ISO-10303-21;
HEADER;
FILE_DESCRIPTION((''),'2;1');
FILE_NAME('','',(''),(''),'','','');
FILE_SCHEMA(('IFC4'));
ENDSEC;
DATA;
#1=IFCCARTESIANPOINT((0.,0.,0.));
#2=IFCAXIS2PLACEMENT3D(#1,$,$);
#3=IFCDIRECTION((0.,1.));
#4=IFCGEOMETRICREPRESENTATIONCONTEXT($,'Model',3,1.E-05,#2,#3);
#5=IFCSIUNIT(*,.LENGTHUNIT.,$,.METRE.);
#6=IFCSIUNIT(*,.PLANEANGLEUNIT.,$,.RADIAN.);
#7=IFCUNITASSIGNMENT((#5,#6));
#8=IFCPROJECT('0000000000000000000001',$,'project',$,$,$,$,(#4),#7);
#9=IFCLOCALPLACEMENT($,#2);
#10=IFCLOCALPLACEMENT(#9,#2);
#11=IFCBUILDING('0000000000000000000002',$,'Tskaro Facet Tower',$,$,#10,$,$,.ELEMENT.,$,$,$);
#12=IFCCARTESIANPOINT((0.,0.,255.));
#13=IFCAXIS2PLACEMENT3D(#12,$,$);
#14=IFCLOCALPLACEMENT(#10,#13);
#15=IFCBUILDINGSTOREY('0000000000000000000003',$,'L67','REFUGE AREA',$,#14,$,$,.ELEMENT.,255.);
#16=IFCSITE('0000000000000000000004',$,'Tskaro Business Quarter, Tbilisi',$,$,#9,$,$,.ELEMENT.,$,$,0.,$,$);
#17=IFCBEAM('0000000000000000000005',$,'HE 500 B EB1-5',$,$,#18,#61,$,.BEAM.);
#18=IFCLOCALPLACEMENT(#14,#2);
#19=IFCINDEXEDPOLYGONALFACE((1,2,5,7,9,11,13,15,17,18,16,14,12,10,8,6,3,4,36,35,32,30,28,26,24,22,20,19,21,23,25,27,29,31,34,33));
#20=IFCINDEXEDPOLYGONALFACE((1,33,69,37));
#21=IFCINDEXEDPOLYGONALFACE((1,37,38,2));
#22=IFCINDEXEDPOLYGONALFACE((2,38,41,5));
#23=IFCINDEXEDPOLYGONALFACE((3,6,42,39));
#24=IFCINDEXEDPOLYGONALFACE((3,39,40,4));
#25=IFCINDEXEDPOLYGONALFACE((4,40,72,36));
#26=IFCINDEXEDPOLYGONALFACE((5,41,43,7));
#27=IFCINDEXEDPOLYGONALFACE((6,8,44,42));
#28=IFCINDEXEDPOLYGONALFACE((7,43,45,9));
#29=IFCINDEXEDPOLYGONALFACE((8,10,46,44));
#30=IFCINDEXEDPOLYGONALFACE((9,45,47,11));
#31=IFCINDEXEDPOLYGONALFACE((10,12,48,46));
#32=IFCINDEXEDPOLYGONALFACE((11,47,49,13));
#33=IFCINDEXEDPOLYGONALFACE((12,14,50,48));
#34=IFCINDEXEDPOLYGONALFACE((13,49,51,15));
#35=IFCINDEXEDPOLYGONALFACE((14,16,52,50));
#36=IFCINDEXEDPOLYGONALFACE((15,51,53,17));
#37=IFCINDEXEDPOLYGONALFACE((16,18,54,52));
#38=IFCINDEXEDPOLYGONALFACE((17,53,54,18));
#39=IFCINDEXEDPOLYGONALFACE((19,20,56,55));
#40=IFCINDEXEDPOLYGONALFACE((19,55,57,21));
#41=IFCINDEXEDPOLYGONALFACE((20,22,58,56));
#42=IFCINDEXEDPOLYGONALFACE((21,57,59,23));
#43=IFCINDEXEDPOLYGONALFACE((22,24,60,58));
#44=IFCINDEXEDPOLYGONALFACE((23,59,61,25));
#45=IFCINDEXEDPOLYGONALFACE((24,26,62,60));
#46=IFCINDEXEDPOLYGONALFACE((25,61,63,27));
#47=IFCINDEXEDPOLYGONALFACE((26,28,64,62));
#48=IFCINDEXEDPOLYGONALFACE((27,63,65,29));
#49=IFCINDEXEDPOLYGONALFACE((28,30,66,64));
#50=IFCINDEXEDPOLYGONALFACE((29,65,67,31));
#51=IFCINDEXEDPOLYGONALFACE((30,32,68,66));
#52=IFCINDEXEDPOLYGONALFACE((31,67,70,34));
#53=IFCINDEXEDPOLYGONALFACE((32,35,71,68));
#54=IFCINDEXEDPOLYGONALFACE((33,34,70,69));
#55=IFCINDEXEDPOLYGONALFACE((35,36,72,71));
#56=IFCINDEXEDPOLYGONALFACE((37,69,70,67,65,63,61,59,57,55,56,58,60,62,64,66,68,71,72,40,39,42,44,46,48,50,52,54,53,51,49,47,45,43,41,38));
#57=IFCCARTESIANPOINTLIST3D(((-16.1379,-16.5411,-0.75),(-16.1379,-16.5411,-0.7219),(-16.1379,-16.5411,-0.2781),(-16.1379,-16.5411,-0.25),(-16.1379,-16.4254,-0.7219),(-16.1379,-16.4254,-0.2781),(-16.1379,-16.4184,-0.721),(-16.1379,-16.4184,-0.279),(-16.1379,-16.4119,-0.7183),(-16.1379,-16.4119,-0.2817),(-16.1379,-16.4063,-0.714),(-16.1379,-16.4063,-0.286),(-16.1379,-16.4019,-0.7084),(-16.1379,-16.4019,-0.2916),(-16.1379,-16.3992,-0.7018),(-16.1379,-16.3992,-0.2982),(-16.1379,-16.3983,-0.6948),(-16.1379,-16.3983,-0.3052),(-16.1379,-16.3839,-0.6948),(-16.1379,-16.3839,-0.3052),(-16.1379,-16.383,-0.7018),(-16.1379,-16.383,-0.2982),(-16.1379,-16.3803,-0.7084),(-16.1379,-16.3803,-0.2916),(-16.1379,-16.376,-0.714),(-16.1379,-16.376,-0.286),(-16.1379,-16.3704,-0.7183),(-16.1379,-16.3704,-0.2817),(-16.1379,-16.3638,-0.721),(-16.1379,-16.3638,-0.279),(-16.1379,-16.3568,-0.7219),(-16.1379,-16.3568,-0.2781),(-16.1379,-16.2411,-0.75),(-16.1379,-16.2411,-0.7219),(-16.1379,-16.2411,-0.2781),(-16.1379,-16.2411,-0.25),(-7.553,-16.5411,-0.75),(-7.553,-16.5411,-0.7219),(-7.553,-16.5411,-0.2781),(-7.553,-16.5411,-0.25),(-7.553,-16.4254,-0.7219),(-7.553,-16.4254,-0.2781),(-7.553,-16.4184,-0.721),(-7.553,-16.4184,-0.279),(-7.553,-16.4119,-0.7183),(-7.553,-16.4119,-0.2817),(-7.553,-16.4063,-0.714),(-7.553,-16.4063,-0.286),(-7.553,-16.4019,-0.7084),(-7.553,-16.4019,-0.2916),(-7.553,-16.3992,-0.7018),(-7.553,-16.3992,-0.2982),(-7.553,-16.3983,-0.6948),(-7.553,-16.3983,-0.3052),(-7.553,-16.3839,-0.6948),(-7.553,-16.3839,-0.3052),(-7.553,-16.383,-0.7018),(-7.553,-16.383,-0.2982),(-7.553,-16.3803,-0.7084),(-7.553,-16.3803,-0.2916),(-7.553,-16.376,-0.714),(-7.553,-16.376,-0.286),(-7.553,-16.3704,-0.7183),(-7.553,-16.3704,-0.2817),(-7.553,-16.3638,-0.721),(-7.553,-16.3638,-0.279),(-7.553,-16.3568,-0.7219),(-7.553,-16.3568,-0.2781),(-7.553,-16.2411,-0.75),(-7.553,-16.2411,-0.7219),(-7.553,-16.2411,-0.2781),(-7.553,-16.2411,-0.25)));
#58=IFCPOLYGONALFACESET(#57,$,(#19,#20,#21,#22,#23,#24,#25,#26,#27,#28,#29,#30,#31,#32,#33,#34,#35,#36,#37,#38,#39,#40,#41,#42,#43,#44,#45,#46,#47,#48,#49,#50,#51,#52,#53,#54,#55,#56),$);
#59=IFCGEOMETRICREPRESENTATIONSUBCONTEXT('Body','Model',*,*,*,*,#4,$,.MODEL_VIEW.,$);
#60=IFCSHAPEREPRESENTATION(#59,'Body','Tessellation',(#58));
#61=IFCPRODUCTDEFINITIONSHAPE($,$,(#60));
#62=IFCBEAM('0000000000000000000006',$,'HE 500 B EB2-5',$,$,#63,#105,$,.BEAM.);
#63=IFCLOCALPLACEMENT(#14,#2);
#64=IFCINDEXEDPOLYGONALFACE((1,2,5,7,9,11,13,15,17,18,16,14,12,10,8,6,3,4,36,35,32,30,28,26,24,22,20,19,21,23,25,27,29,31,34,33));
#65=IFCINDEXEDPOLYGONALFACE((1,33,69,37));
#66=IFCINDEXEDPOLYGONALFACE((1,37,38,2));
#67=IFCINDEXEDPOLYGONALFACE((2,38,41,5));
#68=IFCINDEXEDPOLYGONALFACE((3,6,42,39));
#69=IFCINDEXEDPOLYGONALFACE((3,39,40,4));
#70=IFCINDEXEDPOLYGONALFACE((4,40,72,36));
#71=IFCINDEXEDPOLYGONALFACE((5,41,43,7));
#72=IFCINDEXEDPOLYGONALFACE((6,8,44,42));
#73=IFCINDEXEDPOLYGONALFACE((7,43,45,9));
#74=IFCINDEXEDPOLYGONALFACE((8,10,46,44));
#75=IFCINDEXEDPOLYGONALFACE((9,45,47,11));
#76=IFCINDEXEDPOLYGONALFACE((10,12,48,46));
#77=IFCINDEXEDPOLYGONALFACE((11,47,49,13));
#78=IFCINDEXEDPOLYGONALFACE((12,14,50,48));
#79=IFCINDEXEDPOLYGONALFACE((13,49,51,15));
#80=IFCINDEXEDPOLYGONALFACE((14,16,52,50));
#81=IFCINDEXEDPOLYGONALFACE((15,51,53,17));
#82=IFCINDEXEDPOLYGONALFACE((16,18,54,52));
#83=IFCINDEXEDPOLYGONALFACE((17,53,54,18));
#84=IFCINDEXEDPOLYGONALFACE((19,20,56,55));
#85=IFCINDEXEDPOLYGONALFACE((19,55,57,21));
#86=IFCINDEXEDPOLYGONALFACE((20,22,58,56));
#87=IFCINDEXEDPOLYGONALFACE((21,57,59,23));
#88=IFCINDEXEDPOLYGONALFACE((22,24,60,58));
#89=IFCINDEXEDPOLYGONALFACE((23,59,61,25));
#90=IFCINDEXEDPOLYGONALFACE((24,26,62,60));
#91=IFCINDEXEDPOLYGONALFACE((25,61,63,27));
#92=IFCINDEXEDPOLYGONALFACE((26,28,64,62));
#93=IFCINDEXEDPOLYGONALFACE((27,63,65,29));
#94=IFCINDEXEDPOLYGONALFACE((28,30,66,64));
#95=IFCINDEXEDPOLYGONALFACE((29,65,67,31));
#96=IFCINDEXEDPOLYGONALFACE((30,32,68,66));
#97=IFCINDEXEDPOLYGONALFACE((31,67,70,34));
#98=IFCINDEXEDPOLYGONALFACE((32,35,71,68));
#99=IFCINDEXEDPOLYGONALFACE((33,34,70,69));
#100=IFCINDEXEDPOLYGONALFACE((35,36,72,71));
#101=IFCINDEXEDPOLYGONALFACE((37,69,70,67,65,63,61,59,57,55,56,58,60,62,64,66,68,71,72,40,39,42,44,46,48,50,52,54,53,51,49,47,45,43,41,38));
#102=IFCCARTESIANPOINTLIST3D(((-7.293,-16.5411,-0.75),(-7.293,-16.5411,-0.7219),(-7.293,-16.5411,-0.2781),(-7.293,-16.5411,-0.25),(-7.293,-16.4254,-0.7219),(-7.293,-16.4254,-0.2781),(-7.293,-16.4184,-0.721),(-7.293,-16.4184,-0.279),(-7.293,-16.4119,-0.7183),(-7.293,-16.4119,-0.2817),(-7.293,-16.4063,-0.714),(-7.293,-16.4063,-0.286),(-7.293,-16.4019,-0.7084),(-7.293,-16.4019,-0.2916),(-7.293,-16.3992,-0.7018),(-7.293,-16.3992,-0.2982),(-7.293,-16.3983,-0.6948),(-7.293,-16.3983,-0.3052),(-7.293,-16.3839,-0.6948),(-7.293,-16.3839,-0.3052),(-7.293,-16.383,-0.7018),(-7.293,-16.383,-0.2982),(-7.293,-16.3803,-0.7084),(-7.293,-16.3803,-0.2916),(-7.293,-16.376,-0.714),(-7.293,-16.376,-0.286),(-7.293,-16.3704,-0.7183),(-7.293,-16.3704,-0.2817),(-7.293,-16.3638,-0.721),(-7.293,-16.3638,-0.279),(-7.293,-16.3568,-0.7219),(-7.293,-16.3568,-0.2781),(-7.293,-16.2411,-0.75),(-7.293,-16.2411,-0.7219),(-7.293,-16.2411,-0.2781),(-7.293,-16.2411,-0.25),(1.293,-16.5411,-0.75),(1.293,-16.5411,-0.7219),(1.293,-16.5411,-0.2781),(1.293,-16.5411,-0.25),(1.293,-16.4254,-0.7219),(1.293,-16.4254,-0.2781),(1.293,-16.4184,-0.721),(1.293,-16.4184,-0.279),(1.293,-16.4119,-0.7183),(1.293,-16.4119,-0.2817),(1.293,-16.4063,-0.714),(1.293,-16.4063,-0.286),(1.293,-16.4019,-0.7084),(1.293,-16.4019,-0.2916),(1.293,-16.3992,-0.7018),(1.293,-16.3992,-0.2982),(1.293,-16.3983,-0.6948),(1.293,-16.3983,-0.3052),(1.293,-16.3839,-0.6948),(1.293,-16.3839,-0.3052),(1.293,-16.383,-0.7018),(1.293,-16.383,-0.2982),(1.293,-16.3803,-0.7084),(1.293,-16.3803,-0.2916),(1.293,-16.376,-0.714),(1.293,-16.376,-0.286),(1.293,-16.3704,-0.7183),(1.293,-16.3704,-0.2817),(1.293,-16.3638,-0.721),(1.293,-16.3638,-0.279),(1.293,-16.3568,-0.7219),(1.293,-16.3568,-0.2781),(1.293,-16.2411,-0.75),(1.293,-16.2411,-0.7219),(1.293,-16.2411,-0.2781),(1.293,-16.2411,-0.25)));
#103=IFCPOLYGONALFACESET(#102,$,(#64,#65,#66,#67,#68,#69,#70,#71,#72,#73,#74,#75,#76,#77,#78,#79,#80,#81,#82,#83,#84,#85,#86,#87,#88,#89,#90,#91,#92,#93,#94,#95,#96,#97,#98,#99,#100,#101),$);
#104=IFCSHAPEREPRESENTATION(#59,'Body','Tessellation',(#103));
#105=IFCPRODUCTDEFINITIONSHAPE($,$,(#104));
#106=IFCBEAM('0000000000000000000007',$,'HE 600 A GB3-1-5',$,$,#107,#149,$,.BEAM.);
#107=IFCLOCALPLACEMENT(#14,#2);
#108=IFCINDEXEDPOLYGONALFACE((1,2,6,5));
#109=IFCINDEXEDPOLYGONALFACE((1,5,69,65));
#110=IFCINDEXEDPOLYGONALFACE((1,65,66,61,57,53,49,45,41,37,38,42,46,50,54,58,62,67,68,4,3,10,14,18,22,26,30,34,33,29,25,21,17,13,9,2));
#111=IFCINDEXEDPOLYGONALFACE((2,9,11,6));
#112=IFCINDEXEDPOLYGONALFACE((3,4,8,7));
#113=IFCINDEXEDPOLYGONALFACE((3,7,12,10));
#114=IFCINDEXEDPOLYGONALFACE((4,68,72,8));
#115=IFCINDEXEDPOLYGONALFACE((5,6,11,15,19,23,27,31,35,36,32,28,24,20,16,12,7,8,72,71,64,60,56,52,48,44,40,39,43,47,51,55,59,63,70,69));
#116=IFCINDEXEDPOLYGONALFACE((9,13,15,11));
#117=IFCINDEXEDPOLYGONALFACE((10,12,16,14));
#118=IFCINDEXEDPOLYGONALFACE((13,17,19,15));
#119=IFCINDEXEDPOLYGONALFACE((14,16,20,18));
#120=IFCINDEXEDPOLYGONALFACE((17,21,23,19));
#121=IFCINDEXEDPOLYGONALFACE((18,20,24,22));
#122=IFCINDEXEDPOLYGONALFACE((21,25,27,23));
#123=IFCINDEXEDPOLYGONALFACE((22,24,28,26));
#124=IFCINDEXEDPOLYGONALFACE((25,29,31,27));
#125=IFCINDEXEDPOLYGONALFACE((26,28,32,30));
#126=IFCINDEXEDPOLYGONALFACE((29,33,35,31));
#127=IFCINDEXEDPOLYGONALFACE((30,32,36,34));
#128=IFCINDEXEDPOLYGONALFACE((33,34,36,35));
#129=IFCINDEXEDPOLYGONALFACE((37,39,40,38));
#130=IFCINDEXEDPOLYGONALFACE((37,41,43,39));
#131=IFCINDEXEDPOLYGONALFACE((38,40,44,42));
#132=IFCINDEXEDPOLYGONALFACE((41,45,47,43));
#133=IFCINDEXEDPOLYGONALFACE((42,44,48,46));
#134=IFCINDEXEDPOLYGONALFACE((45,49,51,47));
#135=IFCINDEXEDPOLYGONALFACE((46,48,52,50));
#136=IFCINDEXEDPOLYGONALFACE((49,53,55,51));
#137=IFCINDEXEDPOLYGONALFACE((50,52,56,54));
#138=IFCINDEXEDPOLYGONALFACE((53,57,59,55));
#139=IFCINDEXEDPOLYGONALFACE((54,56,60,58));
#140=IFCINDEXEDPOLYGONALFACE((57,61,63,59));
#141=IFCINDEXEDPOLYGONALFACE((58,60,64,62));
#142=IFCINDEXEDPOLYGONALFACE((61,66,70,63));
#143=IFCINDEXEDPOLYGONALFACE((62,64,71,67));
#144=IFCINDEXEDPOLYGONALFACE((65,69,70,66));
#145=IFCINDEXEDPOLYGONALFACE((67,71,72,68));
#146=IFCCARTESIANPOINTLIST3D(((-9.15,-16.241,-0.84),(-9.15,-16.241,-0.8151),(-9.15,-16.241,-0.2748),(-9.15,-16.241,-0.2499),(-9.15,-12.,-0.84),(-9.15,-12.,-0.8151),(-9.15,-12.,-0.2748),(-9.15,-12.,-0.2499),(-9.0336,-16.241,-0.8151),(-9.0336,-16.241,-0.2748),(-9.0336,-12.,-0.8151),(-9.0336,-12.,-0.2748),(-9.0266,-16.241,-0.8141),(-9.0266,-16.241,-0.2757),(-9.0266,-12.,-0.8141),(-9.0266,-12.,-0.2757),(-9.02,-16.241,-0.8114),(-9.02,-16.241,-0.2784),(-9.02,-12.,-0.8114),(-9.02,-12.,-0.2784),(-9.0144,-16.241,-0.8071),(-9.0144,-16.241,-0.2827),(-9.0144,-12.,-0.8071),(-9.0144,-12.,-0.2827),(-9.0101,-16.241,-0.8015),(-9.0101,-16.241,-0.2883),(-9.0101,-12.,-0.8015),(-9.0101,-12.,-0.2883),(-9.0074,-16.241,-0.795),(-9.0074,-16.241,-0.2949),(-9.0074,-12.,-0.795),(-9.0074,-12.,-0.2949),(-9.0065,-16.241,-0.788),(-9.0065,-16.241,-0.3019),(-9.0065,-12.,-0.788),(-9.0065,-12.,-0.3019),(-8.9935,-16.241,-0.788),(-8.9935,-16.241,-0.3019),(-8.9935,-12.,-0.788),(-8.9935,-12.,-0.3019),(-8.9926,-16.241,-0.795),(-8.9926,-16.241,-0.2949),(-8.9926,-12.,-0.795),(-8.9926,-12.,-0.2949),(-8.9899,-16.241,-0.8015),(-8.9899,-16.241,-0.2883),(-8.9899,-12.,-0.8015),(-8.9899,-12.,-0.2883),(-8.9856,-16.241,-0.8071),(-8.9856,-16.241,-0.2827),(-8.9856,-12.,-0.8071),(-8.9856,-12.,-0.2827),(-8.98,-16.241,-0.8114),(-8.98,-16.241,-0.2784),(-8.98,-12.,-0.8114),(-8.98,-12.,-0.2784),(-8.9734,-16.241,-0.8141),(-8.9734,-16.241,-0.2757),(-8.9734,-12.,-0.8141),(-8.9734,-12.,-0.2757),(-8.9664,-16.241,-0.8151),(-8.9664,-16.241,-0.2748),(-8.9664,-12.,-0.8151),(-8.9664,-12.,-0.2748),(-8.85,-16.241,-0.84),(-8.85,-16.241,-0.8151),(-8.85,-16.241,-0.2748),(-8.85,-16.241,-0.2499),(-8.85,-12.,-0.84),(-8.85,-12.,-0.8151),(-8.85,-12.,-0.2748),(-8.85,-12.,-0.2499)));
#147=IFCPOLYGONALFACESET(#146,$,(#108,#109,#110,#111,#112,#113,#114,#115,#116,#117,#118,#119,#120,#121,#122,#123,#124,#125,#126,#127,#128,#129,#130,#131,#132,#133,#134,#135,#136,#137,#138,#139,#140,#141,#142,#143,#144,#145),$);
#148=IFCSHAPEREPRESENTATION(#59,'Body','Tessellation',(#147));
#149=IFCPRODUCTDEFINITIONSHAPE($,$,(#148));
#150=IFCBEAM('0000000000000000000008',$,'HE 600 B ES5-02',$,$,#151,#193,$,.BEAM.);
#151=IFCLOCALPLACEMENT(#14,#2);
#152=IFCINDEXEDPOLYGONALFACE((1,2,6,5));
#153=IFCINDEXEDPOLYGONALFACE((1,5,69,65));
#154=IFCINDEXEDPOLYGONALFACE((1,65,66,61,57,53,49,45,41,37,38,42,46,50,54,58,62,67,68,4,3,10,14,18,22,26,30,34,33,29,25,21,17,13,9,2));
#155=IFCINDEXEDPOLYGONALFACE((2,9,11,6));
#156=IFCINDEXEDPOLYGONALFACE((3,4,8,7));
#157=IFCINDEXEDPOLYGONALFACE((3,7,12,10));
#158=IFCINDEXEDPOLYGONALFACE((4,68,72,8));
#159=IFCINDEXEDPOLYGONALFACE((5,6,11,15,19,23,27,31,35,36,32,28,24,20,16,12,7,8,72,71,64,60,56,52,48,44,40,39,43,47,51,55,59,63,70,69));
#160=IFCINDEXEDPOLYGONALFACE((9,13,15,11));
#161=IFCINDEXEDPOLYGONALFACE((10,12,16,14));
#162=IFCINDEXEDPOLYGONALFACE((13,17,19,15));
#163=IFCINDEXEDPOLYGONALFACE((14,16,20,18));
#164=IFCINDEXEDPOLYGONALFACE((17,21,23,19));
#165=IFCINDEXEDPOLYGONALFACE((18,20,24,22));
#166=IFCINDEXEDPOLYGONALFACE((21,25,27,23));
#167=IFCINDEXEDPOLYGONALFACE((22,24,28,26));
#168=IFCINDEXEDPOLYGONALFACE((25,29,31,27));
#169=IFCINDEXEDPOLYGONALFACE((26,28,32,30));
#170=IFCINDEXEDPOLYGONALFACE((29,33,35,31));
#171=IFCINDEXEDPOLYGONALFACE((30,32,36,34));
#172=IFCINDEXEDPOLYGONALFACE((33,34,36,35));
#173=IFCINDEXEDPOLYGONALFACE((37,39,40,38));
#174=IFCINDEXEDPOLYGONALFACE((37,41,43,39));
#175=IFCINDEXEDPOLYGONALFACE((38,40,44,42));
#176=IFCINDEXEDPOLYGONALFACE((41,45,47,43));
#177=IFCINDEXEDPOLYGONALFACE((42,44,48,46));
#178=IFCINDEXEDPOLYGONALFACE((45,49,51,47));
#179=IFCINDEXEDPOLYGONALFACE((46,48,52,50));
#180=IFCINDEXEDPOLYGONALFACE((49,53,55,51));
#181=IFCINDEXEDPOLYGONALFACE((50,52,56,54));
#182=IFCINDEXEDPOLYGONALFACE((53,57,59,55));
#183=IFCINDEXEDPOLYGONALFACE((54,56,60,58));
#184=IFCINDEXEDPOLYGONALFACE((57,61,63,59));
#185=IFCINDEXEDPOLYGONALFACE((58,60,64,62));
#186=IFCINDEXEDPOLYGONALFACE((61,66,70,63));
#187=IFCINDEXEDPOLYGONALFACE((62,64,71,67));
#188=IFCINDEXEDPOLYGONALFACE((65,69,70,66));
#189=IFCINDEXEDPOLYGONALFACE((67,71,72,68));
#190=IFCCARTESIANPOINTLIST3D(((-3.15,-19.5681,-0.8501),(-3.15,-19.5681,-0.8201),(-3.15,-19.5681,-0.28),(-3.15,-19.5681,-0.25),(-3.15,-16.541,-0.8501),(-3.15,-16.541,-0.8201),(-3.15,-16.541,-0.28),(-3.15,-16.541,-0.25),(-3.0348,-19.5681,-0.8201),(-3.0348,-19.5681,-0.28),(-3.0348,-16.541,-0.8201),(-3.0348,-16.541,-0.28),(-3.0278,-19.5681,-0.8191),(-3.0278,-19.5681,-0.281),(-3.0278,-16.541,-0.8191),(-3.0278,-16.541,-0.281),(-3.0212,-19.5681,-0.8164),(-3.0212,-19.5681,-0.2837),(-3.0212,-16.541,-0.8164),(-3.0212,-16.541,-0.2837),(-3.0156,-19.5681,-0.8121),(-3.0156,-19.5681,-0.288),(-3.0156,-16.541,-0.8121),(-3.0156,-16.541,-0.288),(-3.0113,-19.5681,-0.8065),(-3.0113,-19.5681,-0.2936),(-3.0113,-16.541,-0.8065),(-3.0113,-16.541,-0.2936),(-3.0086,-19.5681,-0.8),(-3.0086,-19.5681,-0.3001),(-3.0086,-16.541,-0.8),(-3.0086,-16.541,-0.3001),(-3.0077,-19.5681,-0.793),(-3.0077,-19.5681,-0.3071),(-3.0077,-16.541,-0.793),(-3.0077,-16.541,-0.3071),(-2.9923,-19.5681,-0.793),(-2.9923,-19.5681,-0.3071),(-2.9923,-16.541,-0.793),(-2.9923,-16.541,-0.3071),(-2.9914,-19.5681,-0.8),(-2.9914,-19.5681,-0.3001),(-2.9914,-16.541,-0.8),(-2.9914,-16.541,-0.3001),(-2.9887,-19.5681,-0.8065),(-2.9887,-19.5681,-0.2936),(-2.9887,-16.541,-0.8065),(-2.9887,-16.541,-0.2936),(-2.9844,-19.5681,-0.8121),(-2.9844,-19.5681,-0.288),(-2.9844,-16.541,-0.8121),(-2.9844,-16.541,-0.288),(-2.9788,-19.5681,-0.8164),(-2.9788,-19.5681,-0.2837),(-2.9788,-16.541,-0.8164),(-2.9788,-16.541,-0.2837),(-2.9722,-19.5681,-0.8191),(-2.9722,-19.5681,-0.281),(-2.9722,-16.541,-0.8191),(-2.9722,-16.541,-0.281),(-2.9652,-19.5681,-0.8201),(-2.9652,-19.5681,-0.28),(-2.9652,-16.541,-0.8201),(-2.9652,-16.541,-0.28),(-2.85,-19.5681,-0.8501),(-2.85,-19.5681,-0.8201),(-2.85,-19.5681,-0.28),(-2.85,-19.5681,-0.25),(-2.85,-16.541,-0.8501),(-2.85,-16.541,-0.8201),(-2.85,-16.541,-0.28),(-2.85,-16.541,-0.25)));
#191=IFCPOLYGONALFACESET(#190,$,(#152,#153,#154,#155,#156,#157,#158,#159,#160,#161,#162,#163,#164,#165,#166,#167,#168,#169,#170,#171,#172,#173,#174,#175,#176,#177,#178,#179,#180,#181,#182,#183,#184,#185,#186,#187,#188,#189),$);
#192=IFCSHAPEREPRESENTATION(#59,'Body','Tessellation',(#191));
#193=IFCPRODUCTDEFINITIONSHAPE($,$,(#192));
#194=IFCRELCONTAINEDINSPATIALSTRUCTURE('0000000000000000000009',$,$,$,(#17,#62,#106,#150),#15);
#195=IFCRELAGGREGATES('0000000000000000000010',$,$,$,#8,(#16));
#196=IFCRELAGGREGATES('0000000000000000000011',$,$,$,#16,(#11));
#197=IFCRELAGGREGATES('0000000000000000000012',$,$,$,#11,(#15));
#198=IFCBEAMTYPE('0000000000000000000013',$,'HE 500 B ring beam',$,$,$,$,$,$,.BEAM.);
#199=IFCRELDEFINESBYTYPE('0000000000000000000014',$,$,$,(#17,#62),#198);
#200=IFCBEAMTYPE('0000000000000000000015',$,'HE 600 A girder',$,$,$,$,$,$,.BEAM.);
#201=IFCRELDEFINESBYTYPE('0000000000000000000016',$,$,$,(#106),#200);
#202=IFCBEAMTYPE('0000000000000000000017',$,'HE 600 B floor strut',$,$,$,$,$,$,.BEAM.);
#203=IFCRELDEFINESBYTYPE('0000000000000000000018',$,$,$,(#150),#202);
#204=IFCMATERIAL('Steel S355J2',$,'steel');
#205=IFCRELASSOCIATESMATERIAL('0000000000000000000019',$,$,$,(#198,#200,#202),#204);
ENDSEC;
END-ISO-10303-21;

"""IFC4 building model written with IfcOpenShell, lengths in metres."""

from ifc_helpers import new_model, si_unit, direction, frame, origin, origin_2d, place, context, subcontext, project, spatial, i_section, extrude, material, material_profile, profile_set, type_object, element, save


model = new_model("IFC4")

# Units and contexts
model_context = context("Model", 3, precision=1e-05, world=origin(), true_north=direction((0.0, 1.0)))
body_context = subcontext(model_context, "Body", "Model", "MODEL_VIEW")
ifc_project = project(units=[si_unit("LENGTHUNIT", "METRE"), si_unit("PLANEANGLEUNIT", "RADIAN")], contexts=[model_context])

# Site, building, storey
site_placement = place(None, origin())
site = spatial("IfcSite", under=ifc_project, at=site_placement, Name="Tskaro Business Quarter, Tbilisi", CompositionType="ELEMENT", RefElevation=0.0)
building_placement = place(site_placement, origin())
building = spatial("IfcBuilding", under=site, at=building_placement, Name="Tskaro Facet Tower", CompositionType="ELEMENT")
storey_placement = place(building_placement, frame((0.0, 0.0, 255.0)))
storey = spatial("IfcBuildingStorey", under=building, at=storey_placement, Name="L67", Description="REFUGE AREA", CompositionType="ELEMENT", Elevation=255.0)

# Shared definitions
ifc_material_1 = material(Name="Steel S355J2", Category="steel")

# Beams
ifc_material_profile_1 = material_profile(ifc_material_1, i_section(OverallWidth=0.3, OverallDepth=0.5, WebThickness=0.0144, FlangeThickness=0.0281, FilletRadius=0.0271, at=origin_2d()), Name="HE 500 B")
ifc_profile_set_1 = profile_set([ifc_material_profile_1], Name="Steel S355J2")
beam_type_1 = type_object("IfcBeamType", Name="HE 500 B ring beam", PredefinedType="BEAM", material=ifc_profile_set_1)
beam_1_placement = place(storey_placement, frame((-16.1379, -16.3911, -0.5), z_axis=(1.0, 0.0, 0.0), x_axis=(0.0, 1.0, 0.0)))
element("IfcBeam", 1, at=beam_1_placement, inside=storey, type_object=beam_type_1, Name="HE 500 B EB1-5", PredefinedType="BEAM", context=body_context, shape_type="SweptSolid", body=[
    extrude(i_section(OverallWidth=0.3, OverallDepth=0.5, WebThickness=0.0144, FlangeThickness=0.0281, FilletRadius=0.0271, at=origin_2d()), origin(), (0.0, 0.0, 1.0), 8.585),
])
beam_2_placement = place(storey_placement, frame((-7.293, -16.3911, -0.5), z_axis=(1.0, 0.0, 0.0), x_axis=(0.0, 1.0, 0.0)))
element("IfcBeam", 2, at=beam_2_placement, inside=storey, type_object=beam_type_1, Name="HE 500 B EB2-5", PredefinedType="BEAM", context=body_context, shape_type="SweptSolid", body=[
    extrude(i_section(OverallWidth=0.3, OverallDepth=0.5, WebThickness=0.0144, FlangeThickness=0.0281, FilletRadius=0.0271, at=origin_2d()), origin(), (0.0, 0.0, 1.0), 8.5859),
])
ifc_material_profile_2 = material_profile(ifc_material_1, i_section(OverallWidth=0.3, OverallDepth=0.5901, WebThickness=0.0129, FlangeThickness=0.0249, FilletRadius=0.0271, at=origin_2d()), Name="HE 600 A")
ifc_profile_set_2 = profile_set([ifc_material_profile_2], Name="Steel S355J2")
beam_type_2 = type_object("IfcBeamType", Name="HE 600 A girder", PredefinedType="BEAM", material=ifc_profile_set_2)
beam_3_placement = place(storey_placement, frame((-9.0, -16.241, -0.5449), z_axis=(0.0, 1.0, 0.0), x_axis=(-1.0, 0.0, 0.0)))
element("IfcBeam", 3, at=beam_3_placement, inside=storey, type_object=beam_type_2, Name="HE 600 A GB3-1-5", PredefinedType="BEAM", context=body_context, shape_type="SweptSolid", body=[
    extrude(i_section(OverallWidth=0.3, OverallDepth=0.5901, WebThickness=0.0129, FlangeThickness=0.0249, FilletRadius=0.0271, at=origin_2d()), origin(), (0.0, 0.0, 1.0), 4.241),
])
ifc_material_profile_3 = material_profile(ifc_material_1, i_section(OverallWidth=0.3, OverallDepth=0.6001, WebThickness=0.0154, FlangeThickness=0.03, FilletRadius=0.0271, at=origin_2d()), Name="HE 600 B")
ifc_profile_set_3 = profile_set([ifc_material_profile_3], Name="Steel S355J2")
beam_type_3 = type_object("IfcBeamType", Name="HE 600 B floor strut", PredefinedType="BEAM", material=ifc_profile_set_3)
beam_4_placement = place(storey_placement, frame((-3.0, -19.5681, -0.55), z_axis=(0.0, 1.0, 0.0), x_axis=(-1.0, 0.0, 0.0)))
element("IfcBeam", 4, at=beam_4_placement, inside=storey, type_object=beam_type_3, Name="HE 600 B ES5-02", PredefinedType="BEAM", context=body_context, shape_type="SweptSolid", body=[
    extrude(i_section(OverallWidth=0.3, OverallDepth=0.6001, WebThickness=0.0154, FlangeThickness=0.03, FilletRadius=0.0271, at=origin_2d()), origin(), (0.0, 0.0, 1.0), 3.0271),
])

save(model, "model.ifc")
